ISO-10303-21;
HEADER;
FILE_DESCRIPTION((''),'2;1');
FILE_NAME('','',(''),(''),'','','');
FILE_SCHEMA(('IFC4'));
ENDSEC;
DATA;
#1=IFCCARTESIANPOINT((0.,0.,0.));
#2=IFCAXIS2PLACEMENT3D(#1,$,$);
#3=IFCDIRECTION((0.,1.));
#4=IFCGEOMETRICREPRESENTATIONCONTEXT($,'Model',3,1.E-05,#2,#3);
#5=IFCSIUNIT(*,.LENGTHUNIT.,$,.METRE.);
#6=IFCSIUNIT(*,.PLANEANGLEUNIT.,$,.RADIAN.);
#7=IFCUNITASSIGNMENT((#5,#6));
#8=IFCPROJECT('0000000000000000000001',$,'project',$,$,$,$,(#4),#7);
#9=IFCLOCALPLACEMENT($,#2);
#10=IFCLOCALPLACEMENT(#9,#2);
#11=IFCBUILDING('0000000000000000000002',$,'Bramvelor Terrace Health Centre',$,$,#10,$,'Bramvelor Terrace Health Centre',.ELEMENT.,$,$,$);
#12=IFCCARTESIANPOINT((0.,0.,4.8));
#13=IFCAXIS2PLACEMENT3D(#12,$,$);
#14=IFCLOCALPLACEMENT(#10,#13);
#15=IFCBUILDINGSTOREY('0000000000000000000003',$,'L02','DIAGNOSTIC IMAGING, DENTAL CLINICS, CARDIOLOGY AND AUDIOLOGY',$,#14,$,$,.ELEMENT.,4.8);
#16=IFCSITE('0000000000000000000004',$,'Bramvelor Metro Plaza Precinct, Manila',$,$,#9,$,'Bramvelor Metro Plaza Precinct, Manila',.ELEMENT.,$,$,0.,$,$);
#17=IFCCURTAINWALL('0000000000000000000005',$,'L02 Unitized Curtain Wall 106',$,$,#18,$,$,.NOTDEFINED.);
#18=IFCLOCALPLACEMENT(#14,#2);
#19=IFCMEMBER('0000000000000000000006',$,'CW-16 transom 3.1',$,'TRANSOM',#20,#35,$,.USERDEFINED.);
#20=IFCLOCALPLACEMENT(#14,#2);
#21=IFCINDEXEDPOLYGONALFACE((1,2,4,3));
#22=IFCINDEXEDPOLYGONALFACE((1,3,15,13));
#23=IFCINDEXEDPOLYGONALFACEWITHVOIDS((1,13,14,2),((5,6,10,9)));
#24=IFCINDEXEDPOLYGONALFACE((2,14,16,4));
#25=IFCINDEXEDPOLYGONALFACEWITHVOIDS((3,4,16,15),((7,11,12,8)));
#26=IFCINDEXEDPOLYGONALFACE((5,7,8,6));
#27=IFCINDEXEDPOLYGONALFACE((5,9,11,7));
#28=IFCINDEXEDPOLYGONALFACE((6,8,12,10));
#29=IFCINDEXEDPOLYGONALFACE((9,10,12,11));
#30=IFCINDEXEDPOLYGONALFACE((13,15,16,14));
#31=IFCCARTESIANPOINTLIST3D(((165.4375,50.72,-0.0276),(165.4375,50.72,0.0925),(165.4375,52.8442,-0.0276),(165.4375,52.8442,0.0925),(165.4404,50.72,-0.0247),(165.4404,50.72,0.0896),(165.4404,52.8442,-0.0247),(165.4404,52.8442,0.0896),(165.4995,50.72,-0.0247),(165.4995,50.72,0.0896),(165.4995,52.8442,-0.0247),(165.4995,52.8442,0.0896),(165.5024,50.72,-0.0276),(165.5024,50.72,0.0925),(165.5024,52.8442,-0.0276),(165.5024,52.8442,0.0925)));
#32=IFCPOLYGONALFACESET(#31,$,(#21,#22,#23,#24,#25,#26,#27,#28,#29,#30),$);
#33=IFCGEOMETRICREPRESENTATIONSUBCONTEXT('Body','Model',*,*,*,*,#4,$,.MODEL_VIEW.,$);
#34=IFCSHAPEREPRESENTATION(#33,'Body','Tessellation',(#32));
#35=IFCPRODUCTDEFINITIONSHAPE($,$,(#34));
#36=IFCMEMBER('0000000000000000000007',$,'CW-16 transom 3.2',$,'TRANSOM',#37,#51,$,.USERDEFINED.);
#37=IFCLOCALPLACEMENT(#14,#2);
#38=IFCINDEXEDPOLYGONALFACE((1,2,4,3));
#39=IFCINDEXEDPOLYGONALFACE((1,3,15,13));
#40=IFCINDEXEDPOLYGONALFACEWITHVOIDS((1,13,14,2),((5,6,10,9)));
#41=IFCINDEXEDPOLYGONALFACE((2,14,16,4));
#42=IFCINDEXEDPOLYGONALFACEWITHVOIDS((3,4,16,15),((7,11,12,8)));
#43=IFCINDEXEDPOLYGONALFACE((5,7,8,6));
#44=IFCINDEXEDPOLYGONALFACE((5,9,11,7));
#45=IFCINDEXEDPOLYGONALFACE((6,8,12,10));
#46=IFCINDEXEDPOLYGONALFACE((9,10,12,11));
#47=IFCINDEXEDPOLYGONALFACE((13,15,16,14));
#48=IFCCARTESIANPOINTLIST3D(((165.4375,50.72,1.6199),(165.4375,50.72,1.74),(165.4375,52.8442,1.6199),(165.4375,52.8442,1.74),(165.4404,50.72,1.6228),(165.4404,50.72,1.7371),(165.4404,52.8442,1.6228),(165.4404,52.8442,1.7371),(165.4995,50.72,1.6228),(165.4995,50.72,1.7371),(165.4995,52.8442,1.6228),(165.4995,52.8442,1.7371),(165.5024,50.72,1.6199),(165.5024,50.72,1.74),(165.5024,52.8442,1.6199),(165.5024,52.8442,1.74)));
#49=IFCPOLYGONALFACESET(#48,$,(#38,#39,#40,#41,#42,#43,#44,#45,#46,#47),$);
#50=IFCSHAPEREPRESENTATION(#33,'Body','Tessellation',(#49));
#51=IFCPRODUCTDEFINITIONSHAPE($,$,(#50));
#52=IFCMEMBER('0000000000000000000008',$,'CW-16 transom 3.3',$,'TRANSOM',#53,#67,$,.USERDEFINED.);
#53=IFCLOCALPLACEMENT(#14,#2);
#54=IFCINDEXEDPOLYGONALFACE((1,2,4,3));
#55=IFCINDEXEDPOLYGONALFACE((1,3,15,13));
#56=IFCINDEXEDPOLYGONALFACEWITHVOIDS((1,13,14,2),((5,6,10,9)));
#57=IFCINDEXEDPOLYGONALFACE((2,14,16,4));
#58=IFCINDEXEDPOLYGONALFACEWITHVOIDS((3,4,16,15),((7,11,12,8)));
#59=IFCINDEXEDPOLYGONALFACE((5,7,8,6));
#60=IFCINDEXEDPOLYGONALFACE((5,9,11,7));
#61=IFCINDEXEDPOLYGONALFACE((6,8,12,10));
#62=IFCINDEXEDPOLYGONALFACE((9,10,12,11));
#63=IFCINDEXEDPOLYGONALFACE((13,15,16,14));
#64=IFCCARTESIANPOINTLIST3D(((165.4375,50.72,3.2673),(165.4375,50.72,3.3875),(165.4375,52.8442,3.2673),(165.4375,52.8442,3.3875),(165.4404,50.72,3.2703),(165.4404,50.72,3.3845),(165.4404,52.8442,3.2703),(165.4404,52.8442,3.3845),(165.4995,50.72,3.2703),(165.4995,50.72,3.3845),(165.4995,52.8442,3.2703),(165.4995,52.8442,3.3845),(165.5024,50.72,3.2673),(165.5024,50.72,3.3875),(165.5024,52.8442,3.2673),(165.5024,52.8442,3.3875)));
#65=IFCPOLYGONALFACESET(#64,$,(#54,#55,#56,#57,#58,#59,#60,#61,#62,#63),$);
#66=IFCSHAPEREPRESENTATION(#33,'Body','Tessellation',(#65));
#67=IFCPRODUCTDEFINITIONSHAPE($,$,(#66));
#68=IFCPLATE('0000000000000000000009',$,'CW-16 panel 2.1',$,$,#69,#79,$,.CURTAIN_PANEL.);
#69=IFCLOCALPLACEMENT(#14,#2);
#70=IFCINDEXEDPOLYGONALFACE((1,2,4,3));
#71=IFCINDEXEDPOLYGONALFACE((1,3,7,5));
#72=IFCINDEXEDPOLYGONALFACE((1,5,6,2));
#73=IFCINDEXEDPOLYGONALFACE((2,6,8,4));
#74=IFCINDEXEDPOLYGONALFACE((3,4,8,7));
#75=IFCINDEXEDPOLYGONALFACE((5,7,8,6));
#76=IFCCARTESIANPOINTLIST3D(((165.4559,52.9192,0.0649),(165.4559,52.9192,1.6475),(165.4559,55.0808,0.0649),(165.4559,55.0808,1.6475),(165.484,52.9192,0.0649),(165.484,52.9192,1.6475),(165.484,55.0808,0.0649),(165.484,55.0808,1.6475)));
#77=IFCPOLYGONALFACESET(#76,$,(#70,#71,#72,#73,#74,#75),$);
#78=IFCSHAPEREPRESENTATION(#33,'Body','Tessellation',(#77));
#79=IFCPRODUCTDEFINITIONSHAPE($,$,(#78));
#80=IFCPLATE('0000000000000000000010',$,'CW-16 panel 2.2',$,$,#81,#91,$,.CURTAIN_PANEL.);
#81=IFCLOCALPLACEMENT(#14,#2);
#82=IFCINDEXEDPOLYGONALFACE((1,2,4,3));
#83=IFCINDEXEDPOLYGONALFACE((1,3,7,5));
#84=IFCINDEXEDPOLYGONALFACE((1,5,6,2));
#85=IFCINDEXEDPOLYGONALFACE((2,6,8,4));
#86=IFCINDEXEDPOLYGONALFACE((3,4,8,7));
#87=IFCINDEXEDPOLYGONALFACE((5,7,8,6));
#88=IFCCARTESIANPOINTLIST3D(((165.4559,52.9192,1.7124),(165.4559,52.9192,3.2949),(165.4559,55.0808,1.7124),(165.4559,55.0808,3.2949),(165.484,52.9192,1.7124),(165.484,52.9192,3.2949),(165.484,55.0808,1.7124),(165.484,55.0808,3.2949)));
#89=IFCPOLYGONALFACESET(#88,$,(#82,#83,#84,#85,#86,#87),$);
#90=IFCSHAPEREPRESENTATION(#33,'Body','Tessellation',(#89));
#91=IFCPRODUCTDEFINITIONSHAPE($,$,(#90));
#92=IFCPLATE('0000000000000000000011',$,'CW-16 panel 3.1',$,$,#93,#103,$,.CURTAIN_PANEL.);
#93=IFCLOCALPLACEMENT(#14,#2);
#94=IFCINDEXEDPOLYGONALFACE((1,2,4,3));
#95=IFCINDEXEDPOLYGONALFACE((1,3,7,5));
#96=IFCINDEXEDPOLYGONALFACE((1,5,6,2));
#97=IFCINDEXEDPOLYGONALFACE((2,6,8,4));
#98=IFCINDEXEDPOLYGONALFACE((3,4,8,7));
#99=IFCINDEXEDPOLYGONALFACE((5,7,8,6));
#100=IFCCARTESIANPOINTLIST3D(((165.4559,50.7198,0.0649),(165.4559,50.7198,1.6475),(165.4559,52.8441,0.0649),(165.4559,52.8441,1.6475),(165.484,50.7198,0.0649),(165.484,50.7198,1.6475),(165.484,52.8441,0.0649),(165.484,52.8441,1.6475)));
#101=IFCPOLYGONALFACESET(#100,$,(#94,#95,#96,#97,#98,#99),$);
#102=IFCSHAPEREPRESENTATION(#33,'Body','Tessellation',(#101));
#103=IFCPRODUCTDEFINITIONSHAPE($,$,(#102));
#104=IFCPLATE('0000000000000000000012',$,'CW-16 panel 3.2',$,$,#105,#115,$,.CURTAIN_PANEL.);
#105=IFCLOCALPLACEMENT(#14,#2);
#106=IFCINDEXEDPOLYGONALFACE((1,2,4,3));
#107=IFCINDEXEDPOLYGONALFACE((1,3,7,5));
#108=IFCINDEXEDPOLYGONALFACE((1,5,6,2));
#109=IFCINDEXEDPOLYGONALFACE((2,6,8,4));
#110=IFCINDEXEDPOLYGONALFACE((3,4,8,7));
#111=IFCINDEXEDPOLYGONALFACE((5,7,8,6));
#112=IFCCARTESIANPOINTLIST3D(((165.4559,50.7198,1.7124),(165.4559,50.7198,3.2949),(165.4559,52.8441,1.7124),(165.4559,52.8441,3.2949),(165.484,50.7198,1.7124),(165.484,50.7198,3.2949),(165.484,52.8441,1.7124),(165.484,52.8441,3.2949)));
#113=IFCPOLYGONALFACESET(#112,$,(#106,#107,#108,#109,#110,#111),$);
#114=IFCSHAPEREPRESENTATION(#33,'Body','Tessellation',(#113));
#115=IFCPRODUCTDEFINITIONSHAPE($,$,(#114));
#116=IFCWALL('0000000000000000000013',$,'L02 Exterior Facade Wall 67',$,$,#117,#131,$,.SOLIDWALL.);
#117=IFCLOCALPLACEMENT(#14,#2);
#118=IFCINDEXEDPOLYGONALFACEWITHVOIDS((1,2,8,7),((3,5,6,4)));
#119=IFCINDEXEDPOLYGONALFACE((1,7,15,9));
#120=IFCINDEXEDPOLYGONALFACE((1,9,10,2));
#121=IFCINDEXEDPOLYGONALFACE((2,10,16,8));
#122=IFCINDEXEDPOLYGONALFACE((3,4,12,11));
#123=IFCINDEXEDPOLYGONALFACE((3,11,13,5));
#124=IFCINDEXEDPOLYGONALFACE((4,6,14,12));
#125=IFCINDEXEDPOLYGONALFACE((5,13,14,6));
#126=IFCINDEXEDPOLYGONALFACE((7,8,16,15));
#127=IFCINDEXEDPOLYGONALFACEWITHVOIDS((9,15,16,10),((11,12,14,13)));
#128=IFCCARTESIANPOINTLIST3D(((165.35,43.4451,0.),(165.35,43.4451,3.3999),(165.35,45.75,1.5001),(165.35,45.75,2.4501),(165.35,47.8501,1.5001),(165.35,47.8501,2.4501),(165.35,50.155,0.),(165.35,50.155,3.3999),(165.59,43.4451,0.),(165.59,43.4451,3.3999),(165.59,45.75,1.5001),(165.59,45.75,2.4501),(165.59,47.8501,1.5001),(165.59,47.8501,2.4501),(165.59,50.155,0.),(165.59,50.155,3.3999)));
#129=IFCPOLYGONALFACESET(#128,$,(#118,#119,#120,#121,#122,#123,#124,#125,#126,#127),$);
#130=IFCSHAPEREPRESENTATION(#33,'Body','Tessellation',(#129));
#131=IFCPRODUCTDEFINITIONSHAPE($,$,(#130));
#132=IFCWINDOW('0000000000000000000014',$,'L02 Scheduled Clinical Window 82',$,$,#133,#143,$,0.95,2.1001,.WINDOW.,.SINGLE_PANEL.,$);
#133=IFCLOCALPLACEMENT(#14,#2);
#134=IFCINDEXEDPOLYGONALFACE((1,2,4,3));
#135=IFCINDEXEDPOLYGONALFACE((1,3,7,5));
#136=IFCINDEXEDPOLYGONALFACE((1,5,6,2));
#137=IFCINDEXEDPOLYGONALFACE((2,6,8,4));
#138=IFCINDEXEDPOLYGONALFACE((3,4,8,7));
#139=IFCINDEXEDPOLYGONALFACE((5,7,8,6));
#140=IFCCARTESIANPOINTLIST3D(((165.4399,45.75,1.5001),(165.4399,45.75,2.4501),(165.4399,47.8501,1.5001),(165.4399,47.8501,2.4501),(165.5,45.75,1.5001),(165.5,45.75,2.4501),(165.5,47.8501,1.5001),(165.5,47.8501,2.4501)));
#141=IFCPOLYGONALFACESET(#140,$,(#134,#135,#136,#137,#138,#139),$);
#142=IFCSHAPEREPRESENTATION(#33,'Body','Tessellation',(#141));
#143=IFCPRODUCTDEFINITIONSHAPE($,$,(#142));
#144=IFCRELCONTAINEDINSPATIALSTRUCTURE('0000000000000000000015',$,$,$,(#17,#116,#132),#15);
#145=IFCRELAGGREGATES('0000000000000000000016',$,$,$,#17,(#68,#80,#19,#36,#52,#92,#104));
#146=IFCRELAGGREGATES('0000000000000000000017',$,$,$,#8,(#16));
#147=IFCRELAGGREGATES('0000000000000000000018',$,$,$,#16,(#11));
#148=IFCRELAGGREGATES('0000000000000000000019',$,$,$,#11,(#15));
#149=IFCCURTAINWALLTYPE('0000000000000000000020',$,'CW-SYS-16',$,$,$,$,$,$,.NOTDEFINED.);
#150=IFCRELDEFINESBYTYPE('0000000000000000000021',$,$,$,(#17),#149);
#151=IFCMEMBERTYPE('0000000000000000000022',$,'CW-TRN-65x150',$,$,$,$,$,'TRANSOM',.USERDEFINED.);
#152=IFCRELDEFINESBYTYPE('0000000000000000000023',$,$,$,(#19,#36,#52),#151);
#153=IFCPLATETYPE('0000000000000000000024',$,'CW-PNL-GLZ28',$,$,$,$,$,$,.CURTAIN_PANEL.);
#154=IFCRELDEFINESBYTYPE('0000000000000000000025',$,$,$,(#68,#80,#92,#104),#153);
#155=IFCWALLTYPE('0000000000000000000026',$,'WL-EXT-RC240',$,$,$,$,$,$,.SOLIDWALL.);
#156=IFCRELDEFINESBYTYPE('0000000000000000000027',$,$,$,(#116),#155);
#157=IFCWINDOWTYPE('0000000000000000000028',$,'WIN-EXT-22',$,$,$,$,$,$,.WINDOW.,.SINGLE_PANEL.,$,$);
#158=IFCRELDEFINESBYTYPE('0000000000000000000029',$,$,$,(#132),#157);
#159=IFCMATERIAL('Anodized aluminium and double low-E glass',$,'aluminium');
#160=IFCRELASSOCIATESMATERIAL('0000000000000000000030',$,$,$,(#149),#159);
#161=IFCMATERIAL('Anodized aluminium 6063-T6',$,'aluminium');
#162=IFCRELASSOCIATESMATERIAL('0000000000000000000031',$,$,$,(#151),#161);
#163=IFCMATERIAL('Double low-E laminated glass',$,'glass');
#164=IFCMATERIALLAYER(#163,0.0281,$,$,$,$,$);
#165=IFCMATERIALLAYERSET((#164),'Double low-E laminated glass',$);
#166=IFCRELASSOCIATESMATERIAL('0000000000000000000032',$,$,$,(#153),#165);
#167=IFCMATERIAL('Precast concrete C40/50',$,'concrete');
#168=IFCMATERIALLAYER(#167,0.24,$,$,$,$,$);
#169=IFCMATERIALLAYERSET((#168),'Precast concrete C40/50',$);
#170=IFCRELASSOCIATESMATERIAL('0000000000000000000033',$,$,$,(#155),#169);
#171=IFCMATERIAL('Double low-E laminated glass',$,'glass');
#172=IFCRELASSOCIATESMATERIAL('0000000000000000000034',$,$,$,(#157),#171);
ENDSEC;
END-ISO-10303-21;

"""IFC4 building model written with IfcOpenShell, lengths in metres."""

from ifc_helpers import new_model, si_unit, direction, frame, frame_2d, origin, origin_2d, place, context, subcontext, project, spatial, rectangle, hollow_rectangle, extrude, material, layer, layer_set, material_profile, profile_set, type_object, element, fill, aggregate, save


model = new_model("IFC4")

# Units and contexts
model_context = context("Model", 3, precision=1e-05, world=origin(), true_north=direction((0.0, 1.0)))
body_context = subcontext(model_context, "Body", "Model", "MODEL_VIEW")
ifc_project = project(units=[si_unit("LENGTHUNIT", "METRE"), si_unit("PLANEANGLEUNIT", "RADIAN")], contexts=[model_context])

# Site, building, storey
site_placement = place(None, origin())
site = spatial("IfcSite", under=ifc_project, at=site_placement, Name="Bramvelor Metro Plaza Precinct, Manila", LongName="Bramvelor Metro Plaza Precinct, Manila", CompositionType="ELEMENT", RefElevation=0.0)
building_placement = place(site_placement, origin())
building = spatial("IfcBuilding", under=site, at=building_placement, Name="Bramvelor Terrace Health Centre", LongName="Bramvelor Terrace Health Centre", CompositionType="ELEMENT")
storey_placement = place(building_placement, frame((0.0, 0.0, 4.8)))
storey = spatial("IfcBuildingStorey", under=building, at=storey_placement, Name="L02", Description="DIAGNOSTIC IMAGING, DENTAL CLINICS, CARDIOLOGY AND AUDIOLOGY", CompositionType="ELEMENT", Elevation=4.8)

# Curtain wall
ifc_material_1 = material(Name="Anodized aluminium and double low-E glass", Category="aluminium")
curtain_wall_type = type_object("IfcCurtainWallType", Name="CW-SYS-16", PredefinedType="NOTDEFINED", material=ifc_material_1)
curtain_wall_1_placement = place(storey_placement, origin())
curtain_wall_1 = element("IfcCurtainWall", 1, at=curtain_wall_1_placement, inside=storey, type_object=curtain_wall_type, Name="L02 Unitized Curtain Wall 106", PredefinedType="NOTDEFINED")

# Members
ifc_material_2 = material(Name="Anodized aluminium 6063-T6", Category="aluminium")
ifc_material_profile_1 = material_profile(ifc_material_2, hollow_rectangle(XDim=0.0649, YDim=0.1201, WallThickness=0.0029, at=origin_2d()), Name="ALU-TRN 65x120x3.0")
ifc_profile_set_1 = profile_set([ifc_material_profile_1], Name="Anodized aluminium 6063-T6")
member_type_1 = type_object("IfcMemberType", Name="CW-TRN-65x150", ElementType="TRANSOM", PredefinedType="USERDEFINED", material=ifc_profile_set_1)
member_1_placement = place(storey_placement, frame((165.47, 52.8442, 0.0325), z_axis=(0.0, -1.0, 0.0), x_axis=(1.0, 0.0, 0.0)))
member_1 = element("IfcMember", 2, at=member_1_placement, type_object=member_type_1, Name="CW-16 transom 3.1", ObjectType="TRANSOM", PredefinedType="USERDEFINED", context=body_context, shape_type="SweptSolid", body=[
    extrude(hollow_rectangle(XDim=0.0649, YDim=0.1201, WallThickness=0.0029, at=origin_2d()), origin(), (0.0, 0.0, 1.0), 2.1243),
])
member_2_placement = place(storey_placement, frame((165.47, 52.8442, 1.6799), z_axis=(0.0, -1.0, 0.0), x_axis=(1.0, 0.0, 0.0)))
member_2 = element("IfcMember", 3, at=member_2_placement, type_object=member_type_1, Name="CW-16 transom 3.2", ObjectType="TRANSOM", PredefinedType="USERDEFINED", context=body_context, shape_type="SweptSolid", body=[
    extrude(hollow_rectangle(XDim=0.0649, YDim=0.1201, WallThickness=0.0029, at=origin_2d()), origin(), (0.0, 0.0, 1.0), 2.1243),
])
member_3_placement = place(storey_placement, frame((165.47, 52.8442, 3.3274), z_axis=(0.0, -1.0, 0.0), x_axis=(1.0, 0.0, 0.0)))
member_3 = element("IfcMember", 4, at=member_3_placement, type_object=member_type_1, Name="CW-16 transom 3.3", ObjectType="TRANSOM", PredefinedType="USERDEFINED", context=body_context, shape_type="SweptSolid", body=[
    extrude(hollow_rectangle(XDim=0.0649, YDim=0.1201, WallThickness=0.0029, at=origin_2d()), origin(), (0.0, 0.0, 1.0), 2.1243),
])

# Plates
ifc_material_3 = material(Name="Double low-E laminated glass", Category="glass")
ifc_layer_1 = layer(ifc_material_3, 0.0281)
ifc_layer_set_1 = layer_set([ifc_layer_1], Name="Double low-E laminated glass")
plate_type = type_object("IfcPlateType", Name="CW-PNL-GLZ28", PredefinedType="CURTAIN_PANEL", material=ifc_layer_set_1)
plate_1_placement = place(storey_placement, frame((165.47, 54.0, 0.0649), z_axis=(0.0, 0.0, 1.0), x_axis=(0.0, -1.0, 0.0)))
plate_1 = element("IfcPlate", 5, at=plate_1_placement, type_object=plate_type, Name="CW-16 panel 2.1", PredefinedType="CURTAIN_PANEL", context=body_context, shape_type="SweptSolid", body=[
    extrude(rectangle(XDim=2.1616, YDim=0.0281, at=origin_2d()), origin(), (0.0, 0.0, 1.0), 1.5825),
])
plate_2_placement = place(storey_placement, frame((165.47, 54.0, 1.7124), z_axis=(0.0, 0.0, 1.0), x_axis=(0.0, -1.0, 0.0)))
plate_2 = element("IfcPlate", 6, at=plate_2_placement, type_object=plate_type, Name="CW-16 panel 2.2", PredefinedType="CURTAIN_PANEL", context=body_context, shape_type="SweptSolid", body=[
    extrude(rectangle(XDim=2.1616, YDim=0.0281, at=origin_2d()), origin(), (0.0, 0.0, 1.0), 1.5825),
])
plate_3_placement = place(storey_placement, frame((165.47, 51.782, 0.0649), z_axis=(0.0, 0.0, 1.0), x_axis=(0.0, -1.0, 0.0)))
plate_3 = element("IfcPlate", 7, at=plate_3_placement, type_object=plate_type, Name="CW-16 panel 3.1", PredefinedType="CURTAIN_PANEL", context=body_context, shape_type="SweptSolid", body=[
    extrude(rectangle(XDim=2.1243, YDim=0.0281, at=origin_2d()), origin(), (0.0, 0.0, 1.0), 1.5825),
])
plate_4_placement = place(storey_placement, frame((165.47, 51.782, 1.7124), z_axis=(0.0, 0.0, 1.0), x_axis=(0.0, -1.0, 0.0)))
plate_4 = element("IfcPlate", 8, at=plate_4_placement, type_object=plate_type, Name="CW-16 panel 3.2", PredefinedType="CURTAIN_PANEL", context=body_context, shape_type="SweptSolid", body=[
    extrude(rectangle(XDim=2.1243, YDim=0.0281, at=origin_2d()), origin(), (0.0, 0.0, 1.0), 1.5825),
])
aggregate(curtain_wall_1, [plate_1, plate_2, member_1, member_2, member_3, plate_3, plate_4])

# Wall, opening, window
ifc_material_4 = material(Name="Precast concrete C40/50", Category="concrete")
ifc_layer_2 = layer(ifc_material_4, 0.24)
ifc_layer_set_2 = layer_set([ifc_layer_2], Name="Precast concrete C40/50")
wall_type = type_object("IfcWallType", Name="WL-EXT-RC240", PredefinedType="SOLIDWALL", material=ifc_layer_set_2)
wall_placement = place(storey_placement, frame((165.47, 50.155, 0.0), z_axis=(0.0, 0.0, 1.0), x_axis=(0.0, -1.0, 0.0)))
wall = element("IfcWall", 9, at=wall_placement, inside=storey, type_object=wall_type, Name="L02 Exterior Facade Wall 67", PredefinedType="SOLIDWALL", context=body_context, shape_type="SweptSolid", body=[
    extrude(rectangle(XDim=6.71, YDim=0.24, at=frame_2d((3.355, 0.0))), origin(), (0.0, 0.0, 1.0), 3.3999),
])
opening_placement = place(wall_placement, frame((2.3049, 0.0, 1.5)))
opening = element("IfcOpeningElement", 10, at=opening_placement, cuts=wall, PredefinedType="OPENING", context=body_context, shape_type="SweptSolid", body=[
    extrude(rectangle(XDim=2.1001, YDim=0.95, at=frame_2d((1.05, 0.4751))), frame((0.0, 0.1299, 0.0), z_axis=(0.0, -1.0, 0.0), x_axis=(1.0, 0.0, 0.0)), (0.0, 0.0, 1.0), 0.26),
])
ifc_material_5 = material(Name="Double low-E laminated glass", Category="glass")
window_type = type_object("IfcWindowType", Name="WIN-EXT-22", PartitioningType="SINGLE_PANEL", PredefinedType="WINDOW", material=ifc_material_5)
window_placement = place(opening_placement, origin())
window = element("IfcWindow", 11, at=window_placement, inside=storey, type_object=window_type, Name="L02 Scheduled Clinical Window 82", OverallHeight=0.95, OverallWidth=2.1001, PartitioningType="SINGLE_PANEL", PredefinedType="WINDOW", context=body_context, shape_type="SweptSolid", body=[
    extrude(rectangle(XDim=2.1001, YDim=0.95, at=frame_2d((1.05, 0.4751))), frame((0.0, 0.03, 0.0), z_axis=(0.0, -1.0, 0.0), x_axis=(1.0, 0.0, 0.0)), (0.0, 0.0, 1.0), 0.0601),
])
fill(opening, window)

save(model, "model.ifc")
